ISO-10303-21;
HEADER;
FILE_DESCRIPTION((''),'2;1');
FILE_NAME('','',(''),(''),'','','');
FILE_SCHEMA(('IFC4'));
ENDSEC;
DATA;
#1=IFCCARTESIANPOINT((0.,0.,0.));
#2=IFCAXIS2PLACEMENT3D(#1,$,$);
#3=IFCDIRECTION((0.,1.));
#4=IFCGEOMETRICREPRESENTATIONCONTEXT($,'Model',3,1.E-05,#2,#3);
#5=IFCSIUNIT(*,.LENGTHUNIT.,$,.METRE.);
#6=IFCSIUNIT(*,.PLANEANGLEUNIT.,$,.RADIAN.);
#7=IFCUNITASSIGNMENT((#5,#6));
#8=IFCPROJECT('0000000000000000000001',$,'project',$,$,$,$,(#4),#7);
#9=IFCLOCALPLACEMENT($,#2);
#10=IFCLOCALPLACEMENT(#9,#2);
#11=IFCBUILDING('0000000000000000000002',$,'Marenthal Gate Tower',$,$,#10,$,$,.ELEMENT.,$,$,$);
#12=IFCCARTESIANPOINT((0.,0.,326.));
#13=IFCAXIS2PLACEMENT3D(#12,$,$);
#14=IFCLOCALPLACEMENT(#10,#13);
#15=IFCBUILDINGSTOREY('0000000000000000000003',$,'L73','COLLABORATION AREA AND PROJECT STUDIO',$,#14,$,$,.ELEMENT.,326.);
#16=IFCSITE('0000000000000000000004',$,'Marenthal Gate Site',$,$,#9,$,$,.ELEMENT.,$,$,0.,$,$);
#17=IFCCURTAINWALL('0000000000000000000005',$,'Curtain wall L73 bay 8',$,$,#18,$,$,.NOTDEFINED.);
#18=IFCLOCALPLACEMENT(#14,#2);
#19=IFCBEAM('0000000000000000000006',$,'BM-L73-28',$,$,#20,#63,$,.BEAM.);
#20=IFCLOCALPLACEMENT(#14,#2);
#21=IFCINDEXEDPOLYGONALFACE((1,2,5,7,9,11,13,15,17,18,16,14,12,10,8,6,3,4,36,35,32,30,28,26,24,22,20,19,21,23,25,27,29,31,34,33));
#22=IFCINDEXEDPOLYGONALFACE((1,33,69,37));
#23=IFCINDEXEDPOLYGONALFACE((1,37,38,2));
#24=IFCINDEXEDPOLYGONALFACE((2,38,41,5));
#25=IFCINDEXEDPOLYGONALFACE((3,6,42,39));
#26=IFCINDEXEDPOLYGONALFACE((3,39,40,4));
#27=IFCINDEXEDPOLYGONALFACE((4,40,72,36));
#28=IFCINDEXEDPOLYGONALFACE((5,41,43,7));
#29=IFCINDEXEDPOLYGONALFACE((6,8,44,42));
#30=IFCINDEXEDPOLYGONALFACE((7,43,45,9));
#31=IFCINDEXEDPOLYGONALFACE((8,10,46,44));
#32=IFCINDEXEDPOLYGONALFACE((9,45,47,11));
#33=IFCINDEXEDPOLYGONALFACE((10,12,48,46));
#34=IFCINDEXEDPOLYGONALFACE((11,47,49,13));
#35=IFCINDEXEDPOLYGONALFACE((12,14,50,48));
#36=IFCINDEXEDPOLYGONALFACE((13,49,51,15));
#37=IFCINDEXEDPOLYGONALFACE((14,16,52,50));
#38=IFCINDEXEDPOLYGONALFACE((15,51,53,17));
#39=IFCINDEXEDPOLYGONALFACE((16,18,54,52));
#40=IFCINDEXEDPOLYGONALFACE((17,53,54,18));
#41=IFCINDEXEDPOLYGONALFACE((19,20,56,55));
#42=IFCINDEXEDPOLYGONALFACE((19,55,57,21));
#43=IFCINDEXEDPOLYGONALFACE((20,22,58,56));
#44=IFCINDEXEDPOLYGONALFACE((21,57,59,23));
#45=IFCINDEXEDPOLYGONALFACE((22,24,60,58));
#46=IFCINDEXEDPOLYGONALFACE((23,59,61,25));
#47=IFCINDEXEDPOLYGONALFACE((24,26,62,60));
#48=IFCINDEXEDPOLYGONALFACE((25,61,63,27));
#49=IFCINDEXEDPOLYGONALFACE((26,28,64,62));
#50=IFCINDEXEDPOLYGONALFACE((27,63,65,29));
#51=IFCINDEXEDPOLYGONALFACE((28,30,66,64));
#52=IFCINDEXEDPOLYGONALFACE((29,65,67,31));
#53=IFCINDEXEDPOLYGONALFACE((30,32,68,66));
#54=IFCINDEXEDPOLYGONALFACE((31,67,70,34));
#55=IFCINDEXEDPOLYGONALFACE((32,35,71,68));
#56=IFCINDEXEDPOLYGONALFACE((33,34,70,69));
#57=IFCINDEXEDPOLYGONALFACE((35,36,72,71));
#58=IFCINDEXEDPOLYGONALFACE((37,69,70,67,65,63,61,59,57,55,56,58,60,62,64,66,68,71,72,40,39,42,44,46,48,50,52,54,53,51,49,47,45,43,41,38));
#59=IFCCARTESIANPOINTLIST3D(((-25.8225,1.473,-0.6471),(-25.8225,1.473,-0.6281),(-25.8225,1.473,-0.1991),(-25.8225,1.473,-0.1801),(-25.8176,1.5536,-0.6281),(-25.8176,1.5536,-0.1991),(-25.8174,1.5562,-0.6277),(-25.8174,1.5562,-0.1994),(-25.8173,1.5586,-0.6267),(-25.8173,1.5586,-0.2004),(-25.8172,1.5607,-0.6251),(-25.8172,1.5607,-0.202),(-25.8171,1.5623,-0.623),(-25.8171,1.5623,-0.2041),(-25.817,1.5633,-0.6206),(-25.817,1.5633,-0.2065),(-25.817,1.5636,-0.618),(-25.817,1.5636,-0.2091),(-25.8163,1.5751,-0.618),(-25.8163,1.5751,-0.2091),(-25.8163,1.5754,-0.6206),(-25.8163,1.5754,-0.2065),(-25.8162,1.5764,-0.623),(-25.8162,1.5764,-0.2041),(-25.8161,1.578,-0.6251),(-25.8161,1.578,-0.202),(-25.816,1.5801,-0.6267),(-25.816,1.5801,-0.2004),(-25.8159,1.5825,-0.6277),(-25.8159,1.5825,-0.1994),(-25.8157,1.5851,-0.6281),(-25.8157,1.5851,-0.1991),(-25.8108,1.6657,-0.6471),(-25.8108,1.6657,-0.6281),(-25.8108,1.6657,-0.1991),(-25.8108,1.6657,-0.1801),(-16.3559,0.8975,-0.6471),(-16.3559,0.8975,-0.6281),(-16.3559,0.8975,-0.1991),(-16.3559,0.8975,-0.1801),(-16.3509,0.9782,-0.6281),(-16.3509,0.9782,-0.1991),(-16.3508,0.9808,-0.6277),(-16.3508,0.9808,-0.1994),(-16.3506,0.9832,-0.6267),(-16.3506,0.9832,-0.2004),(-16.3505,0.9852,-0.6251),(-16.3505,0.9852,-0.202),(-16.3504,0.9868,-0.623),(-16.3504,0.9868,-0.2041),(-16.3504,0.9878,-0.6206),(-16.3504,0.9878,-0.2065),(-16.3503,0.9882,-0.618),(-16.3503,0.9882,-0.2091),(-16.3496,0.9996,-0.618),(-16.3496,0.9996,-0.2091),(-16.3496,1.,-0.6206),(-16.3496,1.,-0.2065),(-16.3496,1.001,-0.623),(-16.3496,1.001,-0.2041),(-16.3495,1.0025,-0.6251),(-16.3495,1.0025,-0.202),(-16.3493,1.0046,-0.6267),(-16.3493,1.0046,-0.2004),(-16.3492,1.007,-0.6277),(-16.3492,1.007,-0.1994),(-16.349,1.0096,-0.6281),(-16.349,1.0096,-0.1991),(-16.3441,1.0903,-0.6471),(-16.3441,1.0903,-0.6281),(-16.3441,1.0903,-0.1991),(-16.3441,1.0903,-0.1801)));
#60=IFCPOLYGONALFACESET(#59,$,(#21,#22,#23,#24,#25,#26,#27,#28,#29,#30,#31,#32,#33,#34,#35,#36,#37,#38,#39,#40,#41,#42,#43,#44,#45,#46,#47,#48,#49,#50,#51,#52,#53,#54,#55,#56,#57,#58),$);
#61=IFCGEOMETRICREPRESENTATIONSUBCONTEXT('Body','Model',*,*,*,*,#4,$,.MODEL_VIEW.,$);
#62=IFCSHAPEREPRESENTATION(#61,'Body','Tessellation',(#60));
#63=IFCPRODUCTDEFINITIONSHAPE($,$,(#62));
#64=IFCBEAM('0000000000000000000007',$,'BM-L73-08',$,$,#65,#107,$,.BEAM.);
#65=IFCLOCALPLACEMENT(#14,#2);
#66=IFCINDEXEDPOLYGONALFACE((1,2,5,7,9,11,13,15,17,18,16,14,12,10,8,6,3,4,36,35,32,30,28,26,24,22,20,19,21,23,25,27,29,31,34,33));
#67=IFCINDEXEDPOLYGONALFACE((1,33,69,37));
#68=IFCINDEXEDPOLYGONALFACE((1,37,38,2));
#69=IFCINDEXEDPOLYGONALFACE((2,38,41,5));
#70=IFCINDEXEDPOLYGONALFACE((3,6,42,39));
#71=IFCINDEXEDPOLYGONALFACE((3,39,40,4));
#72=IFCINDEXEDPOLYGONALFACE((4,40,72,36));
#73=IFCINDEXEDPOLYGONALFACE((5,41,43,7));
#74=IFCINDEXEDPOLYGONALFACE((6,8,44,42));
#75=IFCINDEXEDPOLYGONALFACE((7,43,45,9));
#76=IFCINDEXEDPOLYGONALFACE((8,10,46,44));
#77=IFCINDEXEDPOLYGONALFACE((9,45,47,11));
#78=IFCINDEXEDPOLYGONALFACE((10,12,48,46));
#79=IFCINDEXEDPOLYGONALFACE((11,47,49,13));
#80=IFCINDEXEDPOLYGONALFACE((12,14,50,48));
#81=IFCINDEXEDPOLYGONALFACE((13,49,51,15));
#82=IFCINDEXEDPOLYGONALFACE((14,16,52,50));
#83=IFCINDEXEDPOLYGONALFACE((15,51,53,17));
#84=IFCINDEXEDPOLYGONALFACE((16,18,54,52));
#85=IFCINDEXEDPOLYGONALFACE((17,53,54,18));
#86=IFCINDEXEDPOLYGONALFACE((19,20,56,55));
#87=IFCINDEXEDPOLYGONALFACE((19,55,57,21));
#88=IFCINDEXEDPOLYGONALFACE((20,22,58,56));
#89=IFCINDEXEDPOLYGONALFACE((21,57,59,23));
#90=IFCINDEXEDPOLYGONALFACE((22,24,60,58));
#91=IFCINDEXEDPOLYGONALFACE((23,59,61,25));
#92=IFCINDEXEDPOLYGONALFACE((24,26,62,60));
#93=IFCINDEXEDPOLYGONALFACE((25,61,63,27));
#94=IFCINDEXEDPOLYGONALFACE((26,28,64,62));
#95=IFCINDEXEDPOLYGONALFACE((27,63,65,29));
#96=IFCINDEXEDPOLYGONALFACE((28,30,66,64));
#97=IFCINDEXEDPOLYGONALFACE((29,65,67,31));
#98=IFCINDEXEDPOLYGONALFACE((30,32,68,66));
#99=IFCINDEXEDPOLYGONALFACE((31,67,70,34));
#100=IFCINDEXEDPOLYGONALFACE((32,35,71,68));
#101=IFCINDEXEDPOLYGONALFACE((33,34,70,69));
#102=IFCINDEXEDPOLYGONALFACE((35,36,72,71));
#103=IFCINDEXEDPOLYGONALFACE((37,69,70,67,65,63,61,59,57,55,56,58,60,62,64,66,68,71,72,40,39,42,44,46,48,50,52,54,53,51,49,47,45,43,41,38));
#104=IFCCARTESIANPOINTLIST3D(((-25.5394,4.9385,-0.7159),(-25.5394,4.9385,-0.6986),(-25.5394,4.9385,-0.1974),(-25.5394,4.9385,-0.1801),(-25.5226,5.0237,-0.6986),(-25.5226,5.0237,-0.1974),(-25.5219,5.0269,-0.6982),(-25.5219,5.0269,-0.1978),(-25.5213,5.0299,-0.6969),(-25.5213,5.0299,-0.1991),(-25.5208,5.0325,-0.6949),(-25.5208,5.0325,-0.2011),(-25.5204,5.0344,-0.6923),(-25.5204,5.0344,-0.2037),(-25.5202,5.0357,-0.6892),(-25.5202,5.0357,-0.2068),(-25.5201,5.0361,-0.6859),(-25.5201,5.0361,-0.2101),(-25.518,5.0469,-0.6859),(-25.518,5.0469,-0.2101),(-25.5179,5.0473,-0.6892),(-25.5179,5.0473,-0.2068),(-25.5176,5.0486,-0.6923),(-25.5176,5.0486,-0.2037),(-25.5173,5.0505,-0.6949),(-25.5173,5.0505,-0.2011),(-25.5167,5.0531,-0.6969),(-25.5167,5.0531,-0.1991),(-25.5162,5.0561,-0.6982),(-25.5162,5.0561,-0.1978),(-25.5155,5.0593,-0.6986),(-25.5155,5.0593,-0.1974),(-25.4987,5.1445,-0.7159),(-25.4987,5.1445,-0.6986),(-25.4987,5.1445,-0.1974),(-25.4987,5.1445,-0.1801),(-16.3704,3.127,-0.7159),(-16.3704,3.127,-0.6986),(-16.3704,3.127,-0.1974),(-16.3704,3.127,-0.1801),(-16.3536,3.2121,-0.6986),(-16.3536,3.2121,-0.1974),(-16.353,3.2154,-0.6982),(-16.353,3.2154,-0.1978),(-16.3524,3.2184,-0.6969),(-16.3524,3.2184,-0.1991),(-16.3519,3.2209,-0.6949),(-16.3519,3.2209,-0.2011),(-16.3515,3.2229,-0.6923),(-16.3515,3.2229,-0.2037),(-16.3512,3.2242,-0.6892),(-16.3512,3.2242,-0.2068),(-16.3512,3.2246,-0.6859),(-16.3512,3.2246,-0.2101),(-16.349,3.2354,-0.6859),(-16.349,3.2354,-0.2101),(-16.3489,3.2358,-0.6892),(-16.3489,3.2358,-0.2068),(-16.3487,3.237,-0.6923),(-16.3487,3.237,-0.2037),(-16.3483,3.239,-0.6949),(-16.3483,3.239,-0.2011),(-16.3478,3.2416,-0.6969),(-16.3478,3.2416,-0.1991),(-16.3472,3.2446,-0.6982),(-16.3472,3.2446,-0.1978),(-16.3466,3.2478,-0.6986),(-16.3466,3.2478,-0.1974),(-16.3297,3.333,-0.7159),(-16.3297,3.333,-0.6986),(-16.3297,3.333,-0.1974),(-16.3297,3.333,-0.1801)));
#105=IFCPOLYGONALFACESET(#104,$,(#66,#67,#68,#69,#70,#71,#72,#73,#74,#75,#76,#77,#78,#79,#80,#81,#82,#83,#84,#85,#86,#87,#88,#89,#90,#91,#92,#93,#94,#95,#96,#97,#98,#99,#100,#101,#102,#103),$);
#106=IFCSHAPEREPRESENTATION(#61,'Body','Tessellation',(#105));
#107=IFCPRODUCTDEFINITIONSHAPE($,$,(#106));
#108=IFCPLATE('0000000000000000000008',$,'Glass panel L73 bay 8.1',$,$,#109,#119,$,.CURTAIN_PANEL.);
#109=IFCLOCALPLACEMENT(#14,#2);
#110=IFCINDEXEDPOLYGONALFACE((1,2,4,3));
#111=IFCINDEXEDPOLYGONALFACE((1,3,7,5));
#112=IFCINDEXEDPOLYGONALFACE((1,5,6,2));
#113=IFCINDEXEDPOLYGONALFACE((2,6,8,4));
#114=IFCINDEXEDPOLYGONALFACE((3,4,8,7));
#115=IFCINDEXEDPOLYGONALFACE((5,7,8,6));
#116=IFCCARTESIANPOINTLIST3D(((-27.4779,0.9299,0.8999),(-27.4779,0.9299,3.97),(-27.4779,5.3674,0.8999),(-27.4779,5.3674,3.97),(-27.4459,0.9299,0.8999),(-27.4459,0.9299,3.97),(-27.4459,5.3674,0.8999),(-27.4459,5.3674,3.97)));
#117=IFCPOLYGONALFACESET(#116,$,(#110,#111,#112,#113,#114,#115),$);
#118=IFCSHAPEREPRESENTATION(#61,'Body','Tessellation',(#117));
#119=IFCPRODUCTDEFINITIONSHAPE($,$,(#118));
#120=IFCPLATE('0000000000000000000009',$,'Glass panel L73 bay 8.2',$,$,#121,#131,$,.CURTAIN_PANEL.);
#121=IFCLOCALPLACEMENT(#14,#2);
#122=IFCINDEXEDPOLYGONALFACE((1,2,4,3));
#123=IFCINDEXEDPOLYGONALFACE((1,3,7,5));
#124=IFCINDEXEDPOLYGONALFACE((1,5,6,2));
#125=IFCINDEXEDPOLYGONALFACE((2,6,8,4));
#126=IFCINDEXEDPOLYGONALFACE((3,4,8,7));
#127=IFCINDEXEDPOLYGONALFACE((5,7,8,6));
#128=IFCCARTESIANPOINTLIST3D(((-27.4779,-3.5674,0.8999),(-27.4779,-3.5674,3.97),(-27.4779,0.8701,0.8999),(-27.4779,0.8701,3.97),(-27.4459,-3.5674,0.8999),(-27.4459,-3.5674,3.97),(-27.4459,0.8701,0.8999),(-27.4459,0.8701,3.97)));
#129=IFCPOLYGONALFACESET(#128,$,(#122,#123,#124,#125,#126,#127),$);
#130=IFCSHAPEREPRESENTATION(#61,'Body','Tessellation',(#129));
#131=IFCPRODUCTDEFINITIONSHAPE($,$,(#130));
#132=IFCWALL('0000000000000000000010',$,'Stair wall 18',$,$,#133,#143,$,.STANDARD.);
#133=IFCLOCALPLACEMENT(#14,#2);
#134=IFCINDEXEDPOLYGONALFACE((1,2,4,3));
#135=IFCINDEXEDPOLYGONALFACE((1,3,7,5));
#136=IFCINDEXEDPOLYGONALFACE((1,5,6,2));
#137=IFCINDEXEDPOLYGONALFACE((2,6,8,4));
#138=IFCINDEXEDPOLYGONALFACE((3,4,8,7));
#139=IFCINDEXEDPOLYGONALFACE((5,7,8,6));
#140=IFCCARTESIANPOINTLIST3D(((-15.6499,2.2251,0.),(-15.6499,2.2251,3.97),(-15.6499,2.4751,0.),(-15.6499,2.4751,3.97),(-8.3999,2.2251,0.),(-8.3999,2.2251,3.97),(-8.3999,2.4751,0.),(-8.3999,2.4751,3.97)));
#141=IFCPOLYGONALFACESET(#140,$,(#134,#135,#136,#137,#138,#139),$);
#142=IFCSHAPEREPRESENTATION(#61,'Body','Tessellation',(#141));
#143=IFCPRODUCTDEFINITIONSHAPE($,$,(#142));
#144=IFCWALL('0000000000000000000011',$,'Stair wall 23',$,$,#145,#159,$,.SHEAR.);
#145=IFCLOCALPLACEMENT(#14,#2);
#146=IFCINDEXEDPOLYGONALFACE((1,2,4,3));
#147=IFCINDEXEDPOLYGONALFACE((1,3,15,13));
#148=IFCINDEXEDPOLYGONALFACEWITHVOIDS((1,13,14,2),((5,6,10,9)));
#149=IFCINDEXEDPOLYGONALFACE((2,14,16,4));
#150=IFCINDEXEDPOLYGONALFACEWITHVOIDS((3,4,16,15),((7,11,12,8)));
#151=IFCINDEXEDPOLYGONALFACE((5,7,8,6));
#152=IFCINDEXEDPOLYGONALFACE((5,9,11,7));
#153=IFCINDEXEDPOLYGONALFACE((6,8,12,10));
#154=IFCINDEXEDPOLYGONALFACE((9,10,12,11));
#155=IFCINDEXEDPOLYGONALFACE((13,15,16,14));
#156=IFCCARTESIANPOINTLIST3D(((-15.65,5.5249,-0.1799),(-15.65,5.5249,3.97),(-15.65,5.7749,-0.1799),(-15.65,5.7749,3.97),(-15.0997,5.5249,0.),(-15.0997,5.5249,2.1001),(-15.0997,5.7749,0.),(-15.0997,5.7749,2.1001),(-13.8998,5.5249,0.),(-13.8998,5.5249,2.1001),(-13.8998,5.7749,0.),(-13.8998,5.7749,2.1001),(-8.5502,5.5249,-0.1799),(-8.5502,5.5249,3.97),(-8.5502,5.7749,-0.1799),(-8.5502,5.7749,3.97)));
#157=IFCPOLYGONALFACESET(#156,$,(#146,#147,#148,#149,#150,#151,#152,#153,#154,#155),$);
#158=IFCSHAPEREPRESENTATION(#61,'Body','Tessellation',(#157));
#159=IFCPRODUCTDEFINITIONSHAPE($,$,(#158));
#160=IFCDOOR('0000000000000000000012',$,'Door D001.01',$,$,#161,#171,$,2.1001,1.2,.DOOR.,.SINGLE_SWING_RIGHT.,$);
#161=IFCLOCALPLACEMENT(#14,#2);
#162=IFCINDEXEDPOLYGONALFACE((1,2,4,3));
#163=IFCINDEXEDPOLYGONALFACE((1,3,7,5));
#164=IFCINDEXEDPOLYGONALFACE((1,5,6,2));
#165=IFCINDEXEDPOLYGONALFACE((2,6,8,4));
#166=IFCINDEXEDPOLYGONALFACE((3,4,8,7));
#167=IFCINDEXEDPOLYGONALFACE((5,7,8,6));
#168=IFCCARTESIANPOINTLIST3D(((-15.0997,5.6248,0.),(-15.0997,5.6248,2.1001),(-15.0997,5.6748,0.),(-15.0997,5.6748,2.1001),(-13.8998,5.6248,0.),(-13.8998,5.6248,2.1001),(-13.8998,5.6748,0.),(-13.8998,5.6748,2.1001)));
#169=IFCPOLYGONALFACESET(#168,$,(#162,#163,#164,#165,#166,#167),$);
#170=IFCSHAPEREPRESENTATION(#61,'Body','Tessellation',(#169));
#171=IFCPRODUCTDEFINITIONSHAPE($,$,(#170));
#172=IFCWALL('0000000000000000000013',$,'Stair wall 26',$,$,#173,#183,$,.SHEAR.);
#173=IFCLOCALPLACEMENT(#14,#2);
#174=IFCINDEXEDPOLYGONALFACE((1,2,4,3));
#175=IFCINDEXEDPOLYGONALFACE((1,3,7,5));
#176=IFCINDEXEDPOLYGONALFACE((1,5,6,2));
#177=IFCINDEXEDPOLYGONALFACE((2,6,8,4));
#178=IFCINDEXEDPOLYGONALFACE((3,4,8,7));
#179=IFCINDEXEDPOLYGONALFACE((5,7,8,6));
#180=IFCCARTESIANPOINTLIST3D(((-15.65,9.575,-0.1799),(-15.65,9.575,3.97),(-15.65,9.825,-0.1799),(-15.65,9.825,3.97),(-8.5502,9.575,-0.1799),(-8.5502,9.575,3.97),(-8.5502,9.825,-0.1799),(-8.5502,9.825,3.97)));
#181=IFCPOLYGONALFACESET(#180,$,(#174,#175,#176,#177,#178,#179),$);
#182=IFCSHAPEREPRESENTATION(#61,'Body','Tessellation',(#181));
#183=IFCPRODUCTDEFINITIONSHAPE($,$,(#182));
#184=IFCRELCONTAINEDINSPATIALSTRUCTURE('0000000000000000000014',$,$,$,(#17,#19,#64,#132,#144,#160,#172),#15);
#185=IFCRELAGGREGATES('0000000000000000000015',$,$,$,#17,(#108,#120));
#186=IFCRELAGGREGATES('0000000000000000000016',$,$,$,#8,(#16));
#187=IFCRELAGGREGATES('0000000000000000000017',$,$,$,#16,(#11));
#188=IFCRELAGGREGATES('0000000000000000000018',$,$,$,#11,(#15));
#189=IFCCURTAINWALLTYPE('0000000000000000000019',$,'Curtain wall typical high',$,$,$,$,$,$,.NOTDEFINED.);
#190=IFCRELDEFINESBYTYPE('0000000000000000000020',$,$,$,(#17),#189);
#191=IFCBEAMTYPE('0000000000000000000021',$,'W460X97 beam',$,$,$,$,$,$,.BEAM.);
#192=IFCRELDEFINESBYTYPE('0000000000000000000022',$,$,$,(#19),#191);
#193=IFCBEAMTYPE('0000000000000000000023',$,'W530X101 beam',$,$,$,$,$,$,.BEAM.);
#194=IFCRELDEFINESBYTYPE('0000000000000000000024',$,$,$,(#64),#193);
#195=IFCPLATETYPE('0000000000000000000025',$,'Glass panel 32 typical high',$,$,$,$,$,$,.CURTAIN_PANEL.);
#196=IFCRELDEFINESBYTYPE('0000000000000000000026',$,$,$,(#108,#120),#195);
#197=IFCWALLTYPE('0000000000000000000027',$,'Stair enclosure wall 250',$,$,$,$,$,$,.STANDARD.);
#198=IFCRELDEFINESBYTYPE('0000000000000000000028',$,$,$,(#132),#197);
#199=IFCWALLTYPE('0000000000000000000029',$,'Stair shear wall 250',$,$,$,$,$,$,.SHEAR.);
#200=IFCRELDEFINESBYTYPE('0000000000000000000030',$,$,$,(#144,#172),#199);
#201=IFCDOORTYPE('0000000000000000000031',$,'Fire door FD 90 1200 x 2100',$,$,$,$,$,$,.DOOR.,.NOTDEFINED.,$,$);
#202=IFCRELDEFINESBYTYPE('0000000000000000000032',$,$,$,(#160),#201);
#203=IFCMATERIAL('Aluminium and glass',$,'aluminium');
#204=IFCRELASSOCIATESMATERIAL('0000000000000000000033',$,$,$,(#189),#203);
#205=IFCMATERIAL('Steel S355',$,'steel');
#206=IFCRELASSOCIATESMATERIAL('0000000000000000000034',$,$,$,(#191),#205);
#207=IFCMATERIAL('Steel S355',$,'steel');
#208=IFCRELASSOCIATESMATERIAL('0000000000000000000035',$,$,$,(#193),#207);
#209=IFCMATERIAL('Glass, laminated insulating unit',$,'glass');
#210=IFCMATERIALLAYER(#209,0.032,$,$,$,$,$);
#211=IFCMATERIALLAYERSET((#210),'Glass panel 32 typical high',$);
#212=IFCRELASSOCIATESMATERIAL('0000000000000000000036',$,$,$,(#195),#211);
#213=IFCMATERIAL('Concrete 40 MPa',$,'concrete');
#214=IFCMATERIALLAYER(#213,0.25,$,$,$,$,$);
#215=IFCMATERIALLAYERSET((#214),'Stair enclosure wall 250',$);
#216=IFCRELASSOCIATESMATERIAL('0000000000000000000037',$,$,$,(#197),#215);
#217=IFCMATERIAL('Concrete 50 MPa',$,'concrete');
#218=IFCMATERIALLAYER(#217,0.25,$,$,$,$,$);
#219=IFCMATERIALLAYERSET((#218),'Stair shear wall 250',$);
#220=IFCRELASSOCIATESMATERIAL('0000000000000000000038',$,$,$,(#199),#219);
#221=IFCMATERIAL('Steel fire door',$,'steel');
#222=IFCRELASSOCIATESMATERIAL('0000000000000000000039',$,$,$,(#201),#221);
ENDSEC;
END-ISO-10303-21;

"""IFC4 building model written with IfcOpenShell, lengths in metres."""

from ifc_helpers import new_model, si_unit, direction, frame, frame_2d, origin, origin_2d, place, context, subcontext, project, spatial, rectangle, i_section, extrude, material, layer, layer_set, material_profile, profile_set, type_object, element, fill, aggregate, save


model = new_model("IFC4")

# Units and contexts
model_context = context("Model", 3, precision=1e-05, world=origin(), true_north=direction((0.0, 1.0)))
body_context = subcontext(model_context, "Body", "Model", "MODEL_VIEW")
ifc_project = project(units=[si_unit("LENGTHUNIT", "METRE"), si_unit("PLANEANGLEUNIT", "RADIAN")], contexts=[model_context])

# Site, building, storey
site_placement = place(None, origin())
site = spatial("IfcSite", under=ifc_project, at=site_placement, Name="Marenthal Gate Site", CompositionType="ELEMENT", RefElevation=0.0)
building_placement = place(site_placement, origin())
building = spatial("IfcBuilding", under=site, at=building_placement, Name="Marenthal Gate Tower", CompositionType="ELEMENT")
storey_placement = place(building_placement, frame((0.0, 0.0, 326.0)))
storey = spatial("IfcBuildingStorey", under=building, at=storey_placement, Name="L73", Description="COLLABORATION AREA AND PROJECT STUDIO", CompositionType="ELEMENT", Elevation=326.0)

# Curtain wall
ifc_material_1 = material(Name="Aluminium and glass", Category="aluminium")
curtain_wall_type = type_object("IfcCurtainWallType", Name="Curtain wall typical high", PredefinedType="NOTDEFINED", material=ifc_material_1)
curtain_wall_placement = place(storey_placement, origin())
curtain_wall = element("IfcCurtainWall", 1, at=curtain_wall_placement, inside=storey, type_object=curtain_wall_type, Name="Curtain wall L73 bay 8", PredefinedType="NOTDEFINED")

# Beams
ifc_material_2 = material(Name="Steel S355", Category="steel")
ifc_material_profile_1 = material_profile(ifc_material_2, i_section(OverallWidth=0.1931, OverallDepth=0.467, WebThickness=0.0115, FlangeThickness=0.019, FilletRadius=0.01, at=origin_2d()), Name="W460X97")
ifc_profile_set_1 = profile_set([ifc_material_profile_1], Name="Steel S355")
beam_type_1 = type_object("IfcBeamType", Name="W460X97 beam", PredefinedType="BEAM", material=ifc_profile_set_1)
beam_1_placement = place(storey_placement, frame((-25.8167, 1.5693, -0.4136), z_axis=(0.998158, -0.060675, 0.0), x_axis=(0.060675, 0.998158, 0.0)))
element("IfcBeam", 2, at=beam_1_placement, inside=storey, type_object=beam_type_1, Name="BM-L73-28", PredefinedType="BEAM", context=body_context, shape_type="SweptSolid", body=[
    extrude(i_section(OverallWidth=0.1931, OverallDepth=0.467, WebThickness=0.0115, FlangeThickness=0.019, FilletRadius=0.01, at=origin_2d()), origin(), (0.0, 0.0, 1.0), 9.4841),
])
ifc_material_3 = material(Name="Steel S355", Category="steel")
ifc_material_profile_2 = material_profile(ifc_material_3, i_section(OverallWidth=0.21, OverallDepth=0.5359, WebThickness=0.011, FlangeThickness=0.0173, FilletRadius=0.0127, at=origin_2d()), Name="W530X101")
ifc_profile_set_2 = profile_set([ifc_material_profile_2], Name="Steel S355")
beam_type_2 = type_object("IfcBeamType", Name="W530X101 beam", PredefinedType="BEAM", material=ifc_profile_set_2)
beam_2_placement = place(storey_placement, frame((-25.519, 5.0415, -0.448), z_axis=(0.981036, -0.193825, 0.0), x_axis=(0.193825, 0.981036, 0.0)))
element("IfcBeam", 3, at=beam_2_placement, inside=storey, type_object=beam_type_2, Name="BM-L73-08", PredefinedType="BEAM", context=body_context, shape_type="SweptSolid", body=[
    extrude(i_section(OverallWidth=0.21, OverallDepth=0.5359, WebThickness=0.011, FlangeThickness=0.0173, FilletRadius=0.0127, at=origin_2d()), origin(), (0.0, 0.0, 1.0), 9.3462),
])

# Plates
ifc_material_4 = material(Name="Glass, laminated insulating unit", Category="glass")
ifc_layer_1 = layer(ifc_material_4, 0.032)
ifc_layer_set_1 = layer_set([ifc_layer_1], Name="Glass panel 32 typical high")
plate_type = type_object("IfcPlateType", Name="Glass panel 32 typical high", PredefinedType="CURTAIN_PANEL", material=ifc_layer_set_1)
plate_1_placement = place(storey_placement, frame((-27.4619, 3.1487, 0.8999), z_axis=(0.0, 0.0, 1.0), x_axis=(0.0, -1.0, 0.0)))
plate_1 = element("IfcPlate", 4, at=plate_1_placement, type_object=plate_type, Name="Glass panel L73 bay 8.1", PredefinedType="CURTAIN_PANEL", context=body_context, shape_type="SweptSolid", body=[
    extrude(rectangle(XDim=4.4375, YDim=0.032, at=origin_2d()), origin(), (0.0, 0.0, 1.0), 3.0701),
])
plate_2_placement = place(storey_placement, frame((-27.4619, -1.3486, 0.8999), z_axis=(0.0, 0.0, 1.0), x_axis=(0.0, -1.0, 0.0)))
plate_2 = element("IfcPlate", 5, at=plate_2_placement, type_object=plate_type, Name="Glass panel L73 bay 8.2", PredefinedType="CURTAIN_PANEL", context=body_context, shape_type="SweptSolid", body=[
    extrude(rectangle(XDim=4.4375, YDim=0.032, at=origin_2d()), origin(), (0.0, 0.0, 1.0), 3.0701),
])
aggregate(curtain_wall, [plate_1, plate_2])

# Wall
ifc_material_5 = material(Name="Concrete 40 MPa", Category="concrete")
ifc_layer_2 = layer(ifc_material_5, 0.25)
ifc_layer_set_2 = layer_set([ifc_layer_2], Name="Stair enclosure wall 250")
wall_type_1 = type_object("IfcWallType", Name="Stair enclosure wall 250", PredefinedType="STANDARD", material=ifc_layer_set_2)
wall_1_placement = place(storey_placement, frame((-15.6499, 2.3501, 0.0), z_axis=(0.0, 0.0, 1.0), x_axis=(1.0, 0.0, 0.0)))
element("IfcWall", 6, at=wall_1_placement, inside=storey, type_object=wall_type_1, Name="Stair wall 18", PredefinedType="STANDARD", context=body_context, shape_type="SweptSolid", body=[
    extrude(rectangle(XDim=7.25, YDim=0.25, at=frame_2d((3.625, 0.0))), origin(), (0.0, 0.0, 1.0), 3.97),
])

# Wall, opening, door
ifc_material_6 = material(Name="Concrete 50 MPa", Category="concrete")
ifc_layer_3 = layer(ifc_material_6, 0.25)
ifc_layer_set_3 = layer_set([ifc_layer_3], Name="Stair shear wall 250")
wall_type_2 = type_object("IfcWallType", Name="Stair shear wall 250", PredefinedType="SHEAR", material=ifc_layer_set_3)
wall_2_placement = place(storey_placement, frame((-15.6499, 5.6499, -0.1799), z_axis=(0.0, 0.0, 1.0), x_axis=(1.0, 0.0, 0.0)))
wall_2 = element("IfcWall", 7, at=wall_2_placement, inside=storey, type_object=wall_type_2, Name="Stair wall 23", PredefinedType="SHEAR", context=body_context, shape_type="SweptSolid", body=[
    extrude(rectangle(XDim=7.0999, YDim=0.25, at=frame_2d((3.5498, 0.0))), origin(), (0.0, 0.0, 1.0), 4.1499),
])
opening_placement = place(wall_2_placement, frame((0.55, 0.0, 0.1799)))
opening = element("IfcOpeningElement", 8, at=opening_placement, cuts=wall_2, PredefinedType="OPENING", context=body_context, shape_type="SweptSolid", body=[
    extrude(rectangle(XDim=1.2, YDim=2.1001, at=frame_2d((0.6001, 1.05))), frame((0.0, 0.135, 0.0), z_axis=(0.0, -1.0, 0.0), x_axis=(1.0, 0.0, 0.0)), (0.0, 0.0, 1.0), 0.27),
])
ifc_material_7 = material(Name="Steel fire door", Category="steel")
door_type = type_object("IfcDoorType", Name="Fire door FD 90 1200 x 2100", OperationType="NOTDEFINED", PredefinedType="DOOR", material=ifc_material_7)
door_placement = place(opening_placement, origin())
door = element("IfcDoor", 9, at=door_placement, inside=storey, type_object=door_type, Name="Door D001.01", OperationType="SINGLE_SWING_RIGHT", OverallHeight=2.1001, OverallWidth=1.2, PredefinedType="DOOR", context=body_context, shape_type="SweptSolid", body=[
    extrude(rectangle(XDim=1.2, YDim=2.1001, at=frame_2d((0.6001, 1.05))), frame((0.0, 0.0249, 0.0), z_axis=(0.0, -1.0, 0.0), x_axis=(1.0, 0.0, 0.0)), (0.0, 0.0, 1.0), 0.05),
])
fill(opening, door)

# Wall
wall_3_placement = place(storey_placement, frame((-15.6499, 9.7, -0.1799), z_axis=(0.0, 0.0, 1.0), x_axis=(1.0, 0.0, 0.0)))
element("IfcWall", 10, at=wall_3_placement, inside=storey, type_object=wall_type_2, Name="Stair wall 26", PredefinedType="SHEAR", context=body_context, shape_type="SweptSolid", body=[
    extrude(rectangle(XDim=7.0999, YDim=0.25, at=frame_2d((3.5498, 0.0))), origin(), (0.0, 0.0, 1.0), 4.1499),
])

save(model, "model.ifc")
